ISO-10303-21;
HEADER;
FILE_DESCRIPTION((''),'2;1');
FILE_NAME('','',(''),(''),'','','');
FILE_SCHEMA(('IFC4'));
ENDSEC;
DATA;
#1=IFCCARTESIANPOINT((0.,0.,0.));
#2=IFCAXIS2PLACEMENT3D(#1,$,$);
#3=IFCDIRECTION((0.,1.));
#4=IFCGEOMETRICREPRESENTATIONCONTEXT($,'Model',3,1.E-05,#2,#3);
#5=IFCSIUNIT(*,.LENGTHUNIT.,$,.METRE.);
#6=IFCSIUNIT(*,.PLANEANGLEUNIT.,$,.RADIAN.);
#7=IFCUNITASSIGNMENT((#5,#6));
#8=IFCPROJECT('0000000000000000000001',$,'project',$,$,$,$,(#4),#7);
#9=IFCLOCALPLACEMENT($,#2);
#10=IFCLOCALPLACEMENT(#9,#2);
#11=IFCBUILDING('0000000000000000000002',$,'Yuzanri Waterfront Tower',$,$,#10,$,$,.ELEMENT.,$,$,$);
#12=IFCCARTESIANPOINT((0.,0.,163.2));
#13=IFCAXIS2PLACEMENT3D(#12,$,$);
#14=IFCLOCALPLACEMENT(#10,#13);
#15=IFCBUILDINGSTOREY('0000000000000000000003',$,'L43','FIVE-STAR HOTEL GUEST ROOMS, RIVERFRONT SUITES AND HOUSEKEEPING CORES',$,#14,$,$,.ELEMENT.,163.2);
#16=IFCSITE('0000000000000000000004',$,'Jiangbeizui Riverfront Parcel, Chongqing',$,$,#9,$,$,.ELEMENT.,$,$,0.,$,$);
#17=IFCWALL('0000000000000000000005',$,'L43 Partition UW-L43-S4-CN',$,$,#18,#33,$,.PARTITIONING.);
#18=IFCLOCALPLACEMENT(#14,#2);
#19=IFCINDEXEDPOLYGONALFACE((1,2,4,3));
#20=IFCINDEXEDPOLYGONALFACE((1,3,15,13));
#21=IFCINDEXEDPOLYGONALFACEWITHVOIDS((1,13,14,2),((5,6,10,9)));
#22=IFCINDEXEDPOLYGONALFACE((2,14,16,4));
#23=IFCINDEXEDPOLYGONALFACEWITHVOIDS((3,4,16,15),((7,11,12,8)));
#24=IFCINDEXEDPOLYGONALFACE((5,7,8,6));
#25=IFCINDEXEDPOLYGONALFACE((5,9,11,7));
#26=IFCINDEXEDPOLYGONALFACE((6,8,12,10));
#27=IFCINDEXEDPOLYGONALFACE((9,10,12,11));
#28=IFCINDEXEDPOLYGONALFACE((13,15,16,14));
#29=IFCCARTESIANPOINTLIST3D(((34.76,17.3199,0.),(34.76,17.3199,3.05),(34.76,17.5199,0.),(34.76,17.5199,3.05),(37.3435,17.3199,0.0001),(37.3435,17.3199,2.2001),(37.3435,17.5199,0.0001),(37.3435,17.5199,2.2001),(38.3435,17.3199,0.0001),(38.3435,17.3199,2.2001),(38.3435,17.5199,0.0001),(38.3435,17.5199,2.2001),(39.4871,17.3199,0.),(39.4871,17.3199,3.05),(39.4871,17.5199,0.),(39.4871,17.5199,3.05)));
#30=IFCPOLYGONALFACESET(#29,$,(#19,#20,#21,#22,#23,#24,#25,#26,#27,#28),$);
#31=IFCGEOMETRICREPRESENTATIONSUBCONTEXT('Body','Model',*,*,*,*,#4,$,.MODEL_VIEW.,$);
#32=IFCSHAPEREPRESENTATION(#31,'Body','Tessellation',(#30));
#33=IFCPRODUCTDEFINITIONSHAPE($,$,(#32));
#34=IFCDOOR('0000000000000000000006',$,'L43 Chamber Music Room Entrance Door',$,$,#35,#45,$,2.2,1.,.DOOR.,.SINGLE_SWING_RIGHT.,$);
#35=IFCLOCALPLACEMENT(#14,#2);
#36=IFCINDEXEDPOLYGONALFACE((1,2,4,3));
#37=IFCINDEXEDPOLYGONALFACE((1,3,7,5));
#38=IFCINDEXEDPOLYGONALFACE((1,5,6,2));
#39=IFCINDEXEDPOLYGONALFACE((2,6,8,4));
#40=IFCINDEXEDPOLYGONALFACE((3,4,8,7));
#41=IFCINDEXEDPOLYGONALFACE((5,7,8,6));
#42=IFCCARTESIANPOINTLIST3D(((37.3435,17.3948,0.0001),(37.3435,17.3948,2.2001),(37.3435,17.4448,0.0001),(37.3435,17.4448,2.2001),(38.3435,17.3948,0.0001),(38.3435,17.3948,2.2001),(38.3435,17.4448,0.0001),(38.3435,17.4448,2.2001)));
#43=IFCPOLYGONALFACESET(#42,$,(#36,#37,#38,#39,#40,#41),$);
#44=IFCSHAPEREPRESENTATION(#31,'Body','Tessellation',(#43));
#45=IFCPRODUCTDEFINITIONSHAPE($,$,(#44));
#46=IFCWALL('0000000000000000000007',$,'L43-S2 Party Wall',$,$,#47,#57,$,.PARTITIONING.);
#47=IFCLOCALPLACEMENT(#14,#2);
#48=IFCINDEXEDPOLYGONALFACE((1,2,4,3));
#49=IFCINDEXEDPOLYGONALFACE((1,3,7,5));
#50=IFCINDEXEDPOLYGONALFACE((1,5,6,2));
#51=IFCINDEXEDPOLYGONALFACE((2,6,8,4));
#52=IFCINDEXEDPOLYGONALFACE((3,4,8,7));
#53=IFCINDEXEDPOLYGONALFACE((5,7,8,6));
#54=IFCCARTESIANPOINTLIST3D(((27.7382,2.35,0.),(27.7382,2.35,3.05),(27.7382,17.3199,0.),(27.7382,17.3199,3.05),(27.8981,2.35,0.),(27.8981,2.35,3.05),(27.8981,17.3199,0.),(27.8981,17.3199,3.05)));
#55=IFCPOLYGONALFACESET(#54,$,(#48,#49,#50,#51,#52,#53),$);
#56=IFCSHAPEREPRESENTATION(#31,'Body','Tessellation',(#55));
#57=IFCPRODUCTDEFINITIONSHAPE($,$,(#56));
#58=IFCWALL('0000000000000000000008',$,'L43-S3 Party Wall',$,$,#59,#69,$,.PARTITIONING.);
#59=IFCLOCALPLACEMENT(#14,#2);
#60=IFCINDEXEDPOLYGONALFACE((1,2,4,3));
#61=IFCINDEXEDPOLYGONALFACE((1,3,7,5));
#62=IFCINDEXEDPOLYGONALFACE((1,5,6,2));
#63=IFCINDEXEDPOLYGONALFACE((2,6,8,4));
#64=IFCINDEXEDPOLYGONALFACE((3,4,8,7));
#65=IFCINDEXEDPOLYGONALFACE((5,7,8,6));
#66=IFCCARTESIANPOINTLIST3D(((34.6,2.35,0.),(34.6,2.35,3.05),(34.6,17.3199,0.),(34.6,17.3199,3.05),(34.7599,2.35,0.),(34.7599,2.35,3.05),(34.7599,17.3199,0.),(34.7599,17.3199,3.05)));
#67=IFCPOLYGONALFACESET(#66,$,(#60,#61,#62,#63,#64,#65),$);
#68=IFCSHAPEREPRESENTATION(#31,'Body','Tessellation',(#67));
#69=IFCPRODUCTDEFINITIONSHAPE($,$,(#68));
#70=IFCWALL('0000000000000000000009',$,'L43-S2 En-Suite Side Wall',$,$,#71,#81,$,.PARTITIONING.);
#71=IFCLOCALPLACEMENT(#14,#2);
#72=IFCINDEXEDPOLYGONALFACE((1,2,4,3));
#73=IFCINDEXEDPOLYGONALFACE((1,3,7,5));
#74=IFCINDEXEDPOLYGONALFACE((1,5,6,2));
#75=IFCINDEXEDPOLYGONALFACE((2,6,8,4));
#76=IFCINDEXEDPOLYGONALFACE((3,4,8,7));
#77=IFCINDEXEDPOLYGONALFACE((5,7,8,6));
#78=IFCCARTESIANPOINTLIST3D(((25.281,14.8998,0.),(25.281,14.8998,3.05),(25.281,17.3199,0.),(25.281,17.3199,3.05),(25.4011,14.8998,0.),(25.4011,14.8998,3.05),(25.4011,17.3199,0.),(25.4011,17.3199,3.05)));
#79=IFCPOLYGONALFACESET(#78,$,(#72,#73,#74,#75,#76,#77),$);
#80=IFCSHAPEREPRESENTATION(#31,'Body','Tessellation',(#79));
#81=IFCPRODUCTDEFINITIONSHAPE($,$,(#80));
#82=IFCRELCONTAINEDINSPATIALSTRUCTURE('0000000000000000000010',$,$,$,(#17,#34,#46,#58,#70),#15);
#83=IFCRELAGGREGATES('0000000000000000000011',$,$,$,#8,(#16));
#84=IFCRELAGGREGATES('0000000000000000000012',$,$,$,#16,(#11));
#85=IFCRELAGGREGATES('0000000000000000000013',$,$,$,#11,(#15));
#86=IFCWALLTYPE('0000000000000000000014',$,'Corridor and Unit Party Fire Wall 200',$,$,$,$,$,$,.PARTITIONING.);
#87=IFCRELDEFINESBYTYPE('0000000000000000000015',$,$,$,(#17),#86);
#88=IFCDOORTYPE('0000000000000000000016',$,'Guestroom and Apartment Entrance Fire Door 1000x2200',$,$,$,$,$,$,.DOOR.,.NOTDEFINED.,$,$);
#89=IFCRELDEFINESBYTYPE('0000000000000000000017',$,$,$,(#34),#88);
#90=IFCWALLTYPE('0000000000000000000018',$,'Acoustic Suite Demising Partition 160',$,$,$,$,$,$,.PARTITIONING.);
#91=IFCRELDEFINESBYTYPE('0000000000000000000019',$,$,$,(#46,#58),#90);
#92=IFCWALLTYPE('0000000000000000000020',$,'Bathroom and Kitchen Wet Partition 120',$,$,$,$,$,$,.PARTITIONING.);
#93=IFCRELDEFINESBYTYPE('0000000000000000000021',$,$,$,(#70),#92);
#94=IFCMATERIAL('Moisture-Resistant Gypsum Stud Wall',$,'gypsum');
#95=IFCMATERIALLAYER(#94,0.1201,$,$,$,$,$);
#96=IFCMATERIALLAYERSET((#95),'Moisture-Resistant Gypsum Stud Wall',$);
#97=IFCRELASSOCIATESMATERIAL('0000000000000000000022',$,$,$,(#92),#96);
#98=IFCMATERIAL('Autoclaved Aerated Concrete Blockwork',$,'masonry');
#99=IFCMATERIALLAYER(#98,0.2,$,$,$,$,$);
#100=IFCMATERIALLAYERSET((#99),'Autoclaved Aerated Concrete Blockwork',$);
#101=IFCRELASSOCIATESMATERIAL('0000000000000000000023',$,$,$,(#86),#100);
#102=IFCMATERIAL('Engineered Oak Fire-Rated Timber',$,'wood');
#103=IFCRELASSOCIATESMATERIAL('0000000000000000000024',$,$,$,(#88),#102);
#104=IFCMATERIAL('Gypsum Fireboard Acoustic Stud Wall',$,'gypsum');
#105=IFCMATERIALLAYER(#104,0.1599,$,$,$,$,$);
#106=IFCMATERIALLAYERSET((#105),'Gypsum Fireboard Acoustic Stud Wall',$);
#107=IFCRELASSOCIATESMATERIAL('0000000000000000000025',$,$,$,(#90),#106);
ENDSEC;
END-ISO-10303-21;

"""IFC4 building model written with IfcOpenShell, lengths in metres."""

from ifc_helpers import new_model, si_unit, direction, frame, frame_2d, origin, place, context, subcontext, project, spatial, rectangle, extrude, source, transform, mapped, material, layer, layer_set, type_object, element, fill, save


model = new_model("IFC4")

# Units and contexts
model_context = context("Model", 3, precision=1e-05, world=origin(), true_north=direction((0.0, 1.0)))
body_context = subcontext(model_context, "Body", "Model", "MODEL_VIEW")
ifc_project = project(units=[si_unit("LENGTHUNIT", "METRE"), si_unit("PLANEANGLEUNIT", "RADIAN")], contexts=[model_context])

# Site, building, storey
site_placement = place(None, origin())
site = spatial("IfcSite", under=ifc_project, at=site_placement, Name="Jiangbeizui Riverfront Parcel, Chongqing", CompositionType="ELEMENT", RefElevation=0.0)
building_placement = place(site_placement, origin())
building = spatial("IfcBuilding", under=site, at=building_placement, Name="Yuzanri Waterfront Tower", CompositionType="ELEMENT")
storey_placement = place(building_placement, frame((0.0, 0.0, 163.2)))
storey = spatial("IfcBuildingStorey", under=building, at=storey_placement, Name="L43", Description="FIVE-STAR HOTEL GUEST ROOMS, RIVERFRONT SUITES AND HOUSEKEEPING CORES", CompositionType="ELEMENT", Elevation=163.2)

# Shared definitions
ifc_material_1 = material(Name="Moisture-Resistant Gypsum Stud Wall", Category="gypsum")
ifc_layer_1 = layer(ifc_material_1, 0.1201)
ifc_layer_set_1 = layer_set([ifc_layer_1], Name="Moisture-Resistant Gypsum Stud Wall")
wall_type_1 = type_object("IfcWallType", Name="Bathroom and Kitchen Wet Partition 120", PredefinedType="PARTITIONING", material=ifc_layer_set_1)

# Wall, opening, door
ifc_material_2 = material(Name="Autoclaved Aerated Concrete Blockwork", Category="masonry")
ifc_layer_2 = layer(ifc_material_2, 0.2)
ifc_layer_set_2 = layer_set([ifc_layer_2], Name="Autoclaved Aerated Concrete Blockwork")
wall_type_2 = type_object("IfcWallType", Name="Corridor and Unit Party Fire Wall 200", PredefinedType="PARTITIONING", material=ifc_layer_set_2)
ifc_material_3 = material(Name="Engineered Oak Fire-Rated Timber", Category="wood")
door_type_1 = type_object("IfcDoorType", Name="Guestroom and Apartment Entrance Fire Door 1000x2200", OperationType="NOTDEFINED", PredefinedType="DOOR", material=ifc_material_3)
shared_shape_1 = source(origin(), body_context, "Body", "SweptSolid", [
    extrude(rectangle(XDim=1.0, YDim=2.2, at=frame_2d((0.5, 1.1001))), frame((0.0, 0.0249, 0.0), z_axis=(0.0, -1.0, 0.0), x_axis=(1.0, 0.0, 0.0)), (0.0, 0.0, 1.0), 0.05),
])
wall_1_placement = place(storey_placement, frame((34.76, 17.4199, 0.0), z_axis=(0.0, 0.0, 1.0), x_axis=(1.0, 0.0, 0.0)))
wall_1 = element("IfcWall", 1, at=wall_1_placement, inside=storey, type_object=wall_type_2, Name="L43 Partition UW-L43-S4-CN", PredefinedType="PARTITIONING", context=body_context, shape_type="SweptSolid", body=[
    extrude(rectangle(XDim=4.7271, YDim=0.2, at=frame_2d((2.3635, 0.0))), origin(), (0.0, 0.0, 1.0), 3.05),
])
opening_1_placement = place(wall_1_placement, frame((2.5835, 0.0, 0.0)))
opening_1 = element("IfcOpeningElement", 2, at=opening_1_placement, cuts=wall_1, PredefinedType="OPENING", context=body_context, shape_type="SweptSolid", body=[
    extrude(rectangle(XDim=1.0, YDim=2.2, at=frame_2d((0.5, 1.1001))), frame((0.0, 0.1147, 0.0), z_axis=(0.0, -1.0, 0.0), x_axis=(1.0, 0.0, 0.0)), (0.0, 0.0, 1.0), 0.2297),
])
door_1_placement = place(opening_1_placement, origin())
door_1 = element("IfcDoor", 3, at=door_1_placement, inside=storey, type_object=door_type_1, Name="L43 Chamber Music Room Entrance Door", OperationType="SINGLE_SWING_RIGHT", OverallHeight=2.2, OverallWidth=1.0, PredefinedType="DOOR", context=body_context, shape_type="MappedRepresentation", body=[
    mapped(shared_shape_1, transform((0.0, 0.0, 0.0), scale=1.0)),
])
fill(opening_1, door_1)

# Walls
ifc_material_4 = material(Name="Gypsum Fireboard Acoustic Stud Wall", Category="gypsum")
ifc_layer_3 = layer(ifc_material_4, 0.1599)
ifc_layer_set_3 = layer_set([ifc_layer_3], Name="Gypsum Fireboard Acoustic Stud Wall")
wall_type_3 = type_object("IfcWallType", Name="Acoustic Suite Demising Partition 160", PredefinedType="PARTITIONING", material=ifc_layer_set_3)
shared_shape_2 = source(origin(), body_context, "Body", "SweptSolid", [
    extrude(rectangle(XDim=14.97, YDim=0.1599, at=frame_2d((7.4849, 0.0))), origin(), (0.0, 0.0, 1.0), 3.05),
])
for number, where, z_axis, x_axis, name in (
    (4, (27.8181, 2.3501, 0.0), (0.0, 0.0, 1.0), (0.0, 1.0, 0.0), "L43-S2 Party Wall"),
    (5, (34.6799, 2.3501, 0.0), (0.0, 0.0, 1.0), (0.0, 1.0, 0.0), "L43-S3 Party Wall"),
):
    element("IfcWall", number, at=place(storey_placement, frame(where, z_axis=z_axis, x_axis=x_axis)), inside=storey, type_object=wall_type_3, Name=name, PredefinedType="PARTITIONING", context=body_context, shape_type="MappedRepresentation", body=[
        mapped(shared_shape_2, transform((0.0, 0.0, 0.0), scale=1.0)),
    ])
shared_shape_3 = source(origin(), body_context, "Body", "SweptSolid", [
    extrude(rectangle(XDim=2.4202, YDim=0.1201, at=frame_2d((1.21, 0.0))), origin(), (0.0, 0.0, 1.0), 3.05),
])
wall_2_placement = place(storey_placement, frame((25.3411, 14.8999, 0.0), z_axis=(0.0, 0.0, 1.0), x_axis=(0.0, 1.0, 0.0)))
element("IfcWall", 6, at=wall_2_placement, inside=storey, type_object=wall_type_1, Name="L43-S2 En-Suite Side Wall", PredefinedType="PARTITIONING", context=body_context, shape_type="MappedRepresentation", body=[
    mapped(shared_shape_3, transform((0.0, 0.0, 0.0), scale=1.0)),
])

save(model, "model.ifc")
